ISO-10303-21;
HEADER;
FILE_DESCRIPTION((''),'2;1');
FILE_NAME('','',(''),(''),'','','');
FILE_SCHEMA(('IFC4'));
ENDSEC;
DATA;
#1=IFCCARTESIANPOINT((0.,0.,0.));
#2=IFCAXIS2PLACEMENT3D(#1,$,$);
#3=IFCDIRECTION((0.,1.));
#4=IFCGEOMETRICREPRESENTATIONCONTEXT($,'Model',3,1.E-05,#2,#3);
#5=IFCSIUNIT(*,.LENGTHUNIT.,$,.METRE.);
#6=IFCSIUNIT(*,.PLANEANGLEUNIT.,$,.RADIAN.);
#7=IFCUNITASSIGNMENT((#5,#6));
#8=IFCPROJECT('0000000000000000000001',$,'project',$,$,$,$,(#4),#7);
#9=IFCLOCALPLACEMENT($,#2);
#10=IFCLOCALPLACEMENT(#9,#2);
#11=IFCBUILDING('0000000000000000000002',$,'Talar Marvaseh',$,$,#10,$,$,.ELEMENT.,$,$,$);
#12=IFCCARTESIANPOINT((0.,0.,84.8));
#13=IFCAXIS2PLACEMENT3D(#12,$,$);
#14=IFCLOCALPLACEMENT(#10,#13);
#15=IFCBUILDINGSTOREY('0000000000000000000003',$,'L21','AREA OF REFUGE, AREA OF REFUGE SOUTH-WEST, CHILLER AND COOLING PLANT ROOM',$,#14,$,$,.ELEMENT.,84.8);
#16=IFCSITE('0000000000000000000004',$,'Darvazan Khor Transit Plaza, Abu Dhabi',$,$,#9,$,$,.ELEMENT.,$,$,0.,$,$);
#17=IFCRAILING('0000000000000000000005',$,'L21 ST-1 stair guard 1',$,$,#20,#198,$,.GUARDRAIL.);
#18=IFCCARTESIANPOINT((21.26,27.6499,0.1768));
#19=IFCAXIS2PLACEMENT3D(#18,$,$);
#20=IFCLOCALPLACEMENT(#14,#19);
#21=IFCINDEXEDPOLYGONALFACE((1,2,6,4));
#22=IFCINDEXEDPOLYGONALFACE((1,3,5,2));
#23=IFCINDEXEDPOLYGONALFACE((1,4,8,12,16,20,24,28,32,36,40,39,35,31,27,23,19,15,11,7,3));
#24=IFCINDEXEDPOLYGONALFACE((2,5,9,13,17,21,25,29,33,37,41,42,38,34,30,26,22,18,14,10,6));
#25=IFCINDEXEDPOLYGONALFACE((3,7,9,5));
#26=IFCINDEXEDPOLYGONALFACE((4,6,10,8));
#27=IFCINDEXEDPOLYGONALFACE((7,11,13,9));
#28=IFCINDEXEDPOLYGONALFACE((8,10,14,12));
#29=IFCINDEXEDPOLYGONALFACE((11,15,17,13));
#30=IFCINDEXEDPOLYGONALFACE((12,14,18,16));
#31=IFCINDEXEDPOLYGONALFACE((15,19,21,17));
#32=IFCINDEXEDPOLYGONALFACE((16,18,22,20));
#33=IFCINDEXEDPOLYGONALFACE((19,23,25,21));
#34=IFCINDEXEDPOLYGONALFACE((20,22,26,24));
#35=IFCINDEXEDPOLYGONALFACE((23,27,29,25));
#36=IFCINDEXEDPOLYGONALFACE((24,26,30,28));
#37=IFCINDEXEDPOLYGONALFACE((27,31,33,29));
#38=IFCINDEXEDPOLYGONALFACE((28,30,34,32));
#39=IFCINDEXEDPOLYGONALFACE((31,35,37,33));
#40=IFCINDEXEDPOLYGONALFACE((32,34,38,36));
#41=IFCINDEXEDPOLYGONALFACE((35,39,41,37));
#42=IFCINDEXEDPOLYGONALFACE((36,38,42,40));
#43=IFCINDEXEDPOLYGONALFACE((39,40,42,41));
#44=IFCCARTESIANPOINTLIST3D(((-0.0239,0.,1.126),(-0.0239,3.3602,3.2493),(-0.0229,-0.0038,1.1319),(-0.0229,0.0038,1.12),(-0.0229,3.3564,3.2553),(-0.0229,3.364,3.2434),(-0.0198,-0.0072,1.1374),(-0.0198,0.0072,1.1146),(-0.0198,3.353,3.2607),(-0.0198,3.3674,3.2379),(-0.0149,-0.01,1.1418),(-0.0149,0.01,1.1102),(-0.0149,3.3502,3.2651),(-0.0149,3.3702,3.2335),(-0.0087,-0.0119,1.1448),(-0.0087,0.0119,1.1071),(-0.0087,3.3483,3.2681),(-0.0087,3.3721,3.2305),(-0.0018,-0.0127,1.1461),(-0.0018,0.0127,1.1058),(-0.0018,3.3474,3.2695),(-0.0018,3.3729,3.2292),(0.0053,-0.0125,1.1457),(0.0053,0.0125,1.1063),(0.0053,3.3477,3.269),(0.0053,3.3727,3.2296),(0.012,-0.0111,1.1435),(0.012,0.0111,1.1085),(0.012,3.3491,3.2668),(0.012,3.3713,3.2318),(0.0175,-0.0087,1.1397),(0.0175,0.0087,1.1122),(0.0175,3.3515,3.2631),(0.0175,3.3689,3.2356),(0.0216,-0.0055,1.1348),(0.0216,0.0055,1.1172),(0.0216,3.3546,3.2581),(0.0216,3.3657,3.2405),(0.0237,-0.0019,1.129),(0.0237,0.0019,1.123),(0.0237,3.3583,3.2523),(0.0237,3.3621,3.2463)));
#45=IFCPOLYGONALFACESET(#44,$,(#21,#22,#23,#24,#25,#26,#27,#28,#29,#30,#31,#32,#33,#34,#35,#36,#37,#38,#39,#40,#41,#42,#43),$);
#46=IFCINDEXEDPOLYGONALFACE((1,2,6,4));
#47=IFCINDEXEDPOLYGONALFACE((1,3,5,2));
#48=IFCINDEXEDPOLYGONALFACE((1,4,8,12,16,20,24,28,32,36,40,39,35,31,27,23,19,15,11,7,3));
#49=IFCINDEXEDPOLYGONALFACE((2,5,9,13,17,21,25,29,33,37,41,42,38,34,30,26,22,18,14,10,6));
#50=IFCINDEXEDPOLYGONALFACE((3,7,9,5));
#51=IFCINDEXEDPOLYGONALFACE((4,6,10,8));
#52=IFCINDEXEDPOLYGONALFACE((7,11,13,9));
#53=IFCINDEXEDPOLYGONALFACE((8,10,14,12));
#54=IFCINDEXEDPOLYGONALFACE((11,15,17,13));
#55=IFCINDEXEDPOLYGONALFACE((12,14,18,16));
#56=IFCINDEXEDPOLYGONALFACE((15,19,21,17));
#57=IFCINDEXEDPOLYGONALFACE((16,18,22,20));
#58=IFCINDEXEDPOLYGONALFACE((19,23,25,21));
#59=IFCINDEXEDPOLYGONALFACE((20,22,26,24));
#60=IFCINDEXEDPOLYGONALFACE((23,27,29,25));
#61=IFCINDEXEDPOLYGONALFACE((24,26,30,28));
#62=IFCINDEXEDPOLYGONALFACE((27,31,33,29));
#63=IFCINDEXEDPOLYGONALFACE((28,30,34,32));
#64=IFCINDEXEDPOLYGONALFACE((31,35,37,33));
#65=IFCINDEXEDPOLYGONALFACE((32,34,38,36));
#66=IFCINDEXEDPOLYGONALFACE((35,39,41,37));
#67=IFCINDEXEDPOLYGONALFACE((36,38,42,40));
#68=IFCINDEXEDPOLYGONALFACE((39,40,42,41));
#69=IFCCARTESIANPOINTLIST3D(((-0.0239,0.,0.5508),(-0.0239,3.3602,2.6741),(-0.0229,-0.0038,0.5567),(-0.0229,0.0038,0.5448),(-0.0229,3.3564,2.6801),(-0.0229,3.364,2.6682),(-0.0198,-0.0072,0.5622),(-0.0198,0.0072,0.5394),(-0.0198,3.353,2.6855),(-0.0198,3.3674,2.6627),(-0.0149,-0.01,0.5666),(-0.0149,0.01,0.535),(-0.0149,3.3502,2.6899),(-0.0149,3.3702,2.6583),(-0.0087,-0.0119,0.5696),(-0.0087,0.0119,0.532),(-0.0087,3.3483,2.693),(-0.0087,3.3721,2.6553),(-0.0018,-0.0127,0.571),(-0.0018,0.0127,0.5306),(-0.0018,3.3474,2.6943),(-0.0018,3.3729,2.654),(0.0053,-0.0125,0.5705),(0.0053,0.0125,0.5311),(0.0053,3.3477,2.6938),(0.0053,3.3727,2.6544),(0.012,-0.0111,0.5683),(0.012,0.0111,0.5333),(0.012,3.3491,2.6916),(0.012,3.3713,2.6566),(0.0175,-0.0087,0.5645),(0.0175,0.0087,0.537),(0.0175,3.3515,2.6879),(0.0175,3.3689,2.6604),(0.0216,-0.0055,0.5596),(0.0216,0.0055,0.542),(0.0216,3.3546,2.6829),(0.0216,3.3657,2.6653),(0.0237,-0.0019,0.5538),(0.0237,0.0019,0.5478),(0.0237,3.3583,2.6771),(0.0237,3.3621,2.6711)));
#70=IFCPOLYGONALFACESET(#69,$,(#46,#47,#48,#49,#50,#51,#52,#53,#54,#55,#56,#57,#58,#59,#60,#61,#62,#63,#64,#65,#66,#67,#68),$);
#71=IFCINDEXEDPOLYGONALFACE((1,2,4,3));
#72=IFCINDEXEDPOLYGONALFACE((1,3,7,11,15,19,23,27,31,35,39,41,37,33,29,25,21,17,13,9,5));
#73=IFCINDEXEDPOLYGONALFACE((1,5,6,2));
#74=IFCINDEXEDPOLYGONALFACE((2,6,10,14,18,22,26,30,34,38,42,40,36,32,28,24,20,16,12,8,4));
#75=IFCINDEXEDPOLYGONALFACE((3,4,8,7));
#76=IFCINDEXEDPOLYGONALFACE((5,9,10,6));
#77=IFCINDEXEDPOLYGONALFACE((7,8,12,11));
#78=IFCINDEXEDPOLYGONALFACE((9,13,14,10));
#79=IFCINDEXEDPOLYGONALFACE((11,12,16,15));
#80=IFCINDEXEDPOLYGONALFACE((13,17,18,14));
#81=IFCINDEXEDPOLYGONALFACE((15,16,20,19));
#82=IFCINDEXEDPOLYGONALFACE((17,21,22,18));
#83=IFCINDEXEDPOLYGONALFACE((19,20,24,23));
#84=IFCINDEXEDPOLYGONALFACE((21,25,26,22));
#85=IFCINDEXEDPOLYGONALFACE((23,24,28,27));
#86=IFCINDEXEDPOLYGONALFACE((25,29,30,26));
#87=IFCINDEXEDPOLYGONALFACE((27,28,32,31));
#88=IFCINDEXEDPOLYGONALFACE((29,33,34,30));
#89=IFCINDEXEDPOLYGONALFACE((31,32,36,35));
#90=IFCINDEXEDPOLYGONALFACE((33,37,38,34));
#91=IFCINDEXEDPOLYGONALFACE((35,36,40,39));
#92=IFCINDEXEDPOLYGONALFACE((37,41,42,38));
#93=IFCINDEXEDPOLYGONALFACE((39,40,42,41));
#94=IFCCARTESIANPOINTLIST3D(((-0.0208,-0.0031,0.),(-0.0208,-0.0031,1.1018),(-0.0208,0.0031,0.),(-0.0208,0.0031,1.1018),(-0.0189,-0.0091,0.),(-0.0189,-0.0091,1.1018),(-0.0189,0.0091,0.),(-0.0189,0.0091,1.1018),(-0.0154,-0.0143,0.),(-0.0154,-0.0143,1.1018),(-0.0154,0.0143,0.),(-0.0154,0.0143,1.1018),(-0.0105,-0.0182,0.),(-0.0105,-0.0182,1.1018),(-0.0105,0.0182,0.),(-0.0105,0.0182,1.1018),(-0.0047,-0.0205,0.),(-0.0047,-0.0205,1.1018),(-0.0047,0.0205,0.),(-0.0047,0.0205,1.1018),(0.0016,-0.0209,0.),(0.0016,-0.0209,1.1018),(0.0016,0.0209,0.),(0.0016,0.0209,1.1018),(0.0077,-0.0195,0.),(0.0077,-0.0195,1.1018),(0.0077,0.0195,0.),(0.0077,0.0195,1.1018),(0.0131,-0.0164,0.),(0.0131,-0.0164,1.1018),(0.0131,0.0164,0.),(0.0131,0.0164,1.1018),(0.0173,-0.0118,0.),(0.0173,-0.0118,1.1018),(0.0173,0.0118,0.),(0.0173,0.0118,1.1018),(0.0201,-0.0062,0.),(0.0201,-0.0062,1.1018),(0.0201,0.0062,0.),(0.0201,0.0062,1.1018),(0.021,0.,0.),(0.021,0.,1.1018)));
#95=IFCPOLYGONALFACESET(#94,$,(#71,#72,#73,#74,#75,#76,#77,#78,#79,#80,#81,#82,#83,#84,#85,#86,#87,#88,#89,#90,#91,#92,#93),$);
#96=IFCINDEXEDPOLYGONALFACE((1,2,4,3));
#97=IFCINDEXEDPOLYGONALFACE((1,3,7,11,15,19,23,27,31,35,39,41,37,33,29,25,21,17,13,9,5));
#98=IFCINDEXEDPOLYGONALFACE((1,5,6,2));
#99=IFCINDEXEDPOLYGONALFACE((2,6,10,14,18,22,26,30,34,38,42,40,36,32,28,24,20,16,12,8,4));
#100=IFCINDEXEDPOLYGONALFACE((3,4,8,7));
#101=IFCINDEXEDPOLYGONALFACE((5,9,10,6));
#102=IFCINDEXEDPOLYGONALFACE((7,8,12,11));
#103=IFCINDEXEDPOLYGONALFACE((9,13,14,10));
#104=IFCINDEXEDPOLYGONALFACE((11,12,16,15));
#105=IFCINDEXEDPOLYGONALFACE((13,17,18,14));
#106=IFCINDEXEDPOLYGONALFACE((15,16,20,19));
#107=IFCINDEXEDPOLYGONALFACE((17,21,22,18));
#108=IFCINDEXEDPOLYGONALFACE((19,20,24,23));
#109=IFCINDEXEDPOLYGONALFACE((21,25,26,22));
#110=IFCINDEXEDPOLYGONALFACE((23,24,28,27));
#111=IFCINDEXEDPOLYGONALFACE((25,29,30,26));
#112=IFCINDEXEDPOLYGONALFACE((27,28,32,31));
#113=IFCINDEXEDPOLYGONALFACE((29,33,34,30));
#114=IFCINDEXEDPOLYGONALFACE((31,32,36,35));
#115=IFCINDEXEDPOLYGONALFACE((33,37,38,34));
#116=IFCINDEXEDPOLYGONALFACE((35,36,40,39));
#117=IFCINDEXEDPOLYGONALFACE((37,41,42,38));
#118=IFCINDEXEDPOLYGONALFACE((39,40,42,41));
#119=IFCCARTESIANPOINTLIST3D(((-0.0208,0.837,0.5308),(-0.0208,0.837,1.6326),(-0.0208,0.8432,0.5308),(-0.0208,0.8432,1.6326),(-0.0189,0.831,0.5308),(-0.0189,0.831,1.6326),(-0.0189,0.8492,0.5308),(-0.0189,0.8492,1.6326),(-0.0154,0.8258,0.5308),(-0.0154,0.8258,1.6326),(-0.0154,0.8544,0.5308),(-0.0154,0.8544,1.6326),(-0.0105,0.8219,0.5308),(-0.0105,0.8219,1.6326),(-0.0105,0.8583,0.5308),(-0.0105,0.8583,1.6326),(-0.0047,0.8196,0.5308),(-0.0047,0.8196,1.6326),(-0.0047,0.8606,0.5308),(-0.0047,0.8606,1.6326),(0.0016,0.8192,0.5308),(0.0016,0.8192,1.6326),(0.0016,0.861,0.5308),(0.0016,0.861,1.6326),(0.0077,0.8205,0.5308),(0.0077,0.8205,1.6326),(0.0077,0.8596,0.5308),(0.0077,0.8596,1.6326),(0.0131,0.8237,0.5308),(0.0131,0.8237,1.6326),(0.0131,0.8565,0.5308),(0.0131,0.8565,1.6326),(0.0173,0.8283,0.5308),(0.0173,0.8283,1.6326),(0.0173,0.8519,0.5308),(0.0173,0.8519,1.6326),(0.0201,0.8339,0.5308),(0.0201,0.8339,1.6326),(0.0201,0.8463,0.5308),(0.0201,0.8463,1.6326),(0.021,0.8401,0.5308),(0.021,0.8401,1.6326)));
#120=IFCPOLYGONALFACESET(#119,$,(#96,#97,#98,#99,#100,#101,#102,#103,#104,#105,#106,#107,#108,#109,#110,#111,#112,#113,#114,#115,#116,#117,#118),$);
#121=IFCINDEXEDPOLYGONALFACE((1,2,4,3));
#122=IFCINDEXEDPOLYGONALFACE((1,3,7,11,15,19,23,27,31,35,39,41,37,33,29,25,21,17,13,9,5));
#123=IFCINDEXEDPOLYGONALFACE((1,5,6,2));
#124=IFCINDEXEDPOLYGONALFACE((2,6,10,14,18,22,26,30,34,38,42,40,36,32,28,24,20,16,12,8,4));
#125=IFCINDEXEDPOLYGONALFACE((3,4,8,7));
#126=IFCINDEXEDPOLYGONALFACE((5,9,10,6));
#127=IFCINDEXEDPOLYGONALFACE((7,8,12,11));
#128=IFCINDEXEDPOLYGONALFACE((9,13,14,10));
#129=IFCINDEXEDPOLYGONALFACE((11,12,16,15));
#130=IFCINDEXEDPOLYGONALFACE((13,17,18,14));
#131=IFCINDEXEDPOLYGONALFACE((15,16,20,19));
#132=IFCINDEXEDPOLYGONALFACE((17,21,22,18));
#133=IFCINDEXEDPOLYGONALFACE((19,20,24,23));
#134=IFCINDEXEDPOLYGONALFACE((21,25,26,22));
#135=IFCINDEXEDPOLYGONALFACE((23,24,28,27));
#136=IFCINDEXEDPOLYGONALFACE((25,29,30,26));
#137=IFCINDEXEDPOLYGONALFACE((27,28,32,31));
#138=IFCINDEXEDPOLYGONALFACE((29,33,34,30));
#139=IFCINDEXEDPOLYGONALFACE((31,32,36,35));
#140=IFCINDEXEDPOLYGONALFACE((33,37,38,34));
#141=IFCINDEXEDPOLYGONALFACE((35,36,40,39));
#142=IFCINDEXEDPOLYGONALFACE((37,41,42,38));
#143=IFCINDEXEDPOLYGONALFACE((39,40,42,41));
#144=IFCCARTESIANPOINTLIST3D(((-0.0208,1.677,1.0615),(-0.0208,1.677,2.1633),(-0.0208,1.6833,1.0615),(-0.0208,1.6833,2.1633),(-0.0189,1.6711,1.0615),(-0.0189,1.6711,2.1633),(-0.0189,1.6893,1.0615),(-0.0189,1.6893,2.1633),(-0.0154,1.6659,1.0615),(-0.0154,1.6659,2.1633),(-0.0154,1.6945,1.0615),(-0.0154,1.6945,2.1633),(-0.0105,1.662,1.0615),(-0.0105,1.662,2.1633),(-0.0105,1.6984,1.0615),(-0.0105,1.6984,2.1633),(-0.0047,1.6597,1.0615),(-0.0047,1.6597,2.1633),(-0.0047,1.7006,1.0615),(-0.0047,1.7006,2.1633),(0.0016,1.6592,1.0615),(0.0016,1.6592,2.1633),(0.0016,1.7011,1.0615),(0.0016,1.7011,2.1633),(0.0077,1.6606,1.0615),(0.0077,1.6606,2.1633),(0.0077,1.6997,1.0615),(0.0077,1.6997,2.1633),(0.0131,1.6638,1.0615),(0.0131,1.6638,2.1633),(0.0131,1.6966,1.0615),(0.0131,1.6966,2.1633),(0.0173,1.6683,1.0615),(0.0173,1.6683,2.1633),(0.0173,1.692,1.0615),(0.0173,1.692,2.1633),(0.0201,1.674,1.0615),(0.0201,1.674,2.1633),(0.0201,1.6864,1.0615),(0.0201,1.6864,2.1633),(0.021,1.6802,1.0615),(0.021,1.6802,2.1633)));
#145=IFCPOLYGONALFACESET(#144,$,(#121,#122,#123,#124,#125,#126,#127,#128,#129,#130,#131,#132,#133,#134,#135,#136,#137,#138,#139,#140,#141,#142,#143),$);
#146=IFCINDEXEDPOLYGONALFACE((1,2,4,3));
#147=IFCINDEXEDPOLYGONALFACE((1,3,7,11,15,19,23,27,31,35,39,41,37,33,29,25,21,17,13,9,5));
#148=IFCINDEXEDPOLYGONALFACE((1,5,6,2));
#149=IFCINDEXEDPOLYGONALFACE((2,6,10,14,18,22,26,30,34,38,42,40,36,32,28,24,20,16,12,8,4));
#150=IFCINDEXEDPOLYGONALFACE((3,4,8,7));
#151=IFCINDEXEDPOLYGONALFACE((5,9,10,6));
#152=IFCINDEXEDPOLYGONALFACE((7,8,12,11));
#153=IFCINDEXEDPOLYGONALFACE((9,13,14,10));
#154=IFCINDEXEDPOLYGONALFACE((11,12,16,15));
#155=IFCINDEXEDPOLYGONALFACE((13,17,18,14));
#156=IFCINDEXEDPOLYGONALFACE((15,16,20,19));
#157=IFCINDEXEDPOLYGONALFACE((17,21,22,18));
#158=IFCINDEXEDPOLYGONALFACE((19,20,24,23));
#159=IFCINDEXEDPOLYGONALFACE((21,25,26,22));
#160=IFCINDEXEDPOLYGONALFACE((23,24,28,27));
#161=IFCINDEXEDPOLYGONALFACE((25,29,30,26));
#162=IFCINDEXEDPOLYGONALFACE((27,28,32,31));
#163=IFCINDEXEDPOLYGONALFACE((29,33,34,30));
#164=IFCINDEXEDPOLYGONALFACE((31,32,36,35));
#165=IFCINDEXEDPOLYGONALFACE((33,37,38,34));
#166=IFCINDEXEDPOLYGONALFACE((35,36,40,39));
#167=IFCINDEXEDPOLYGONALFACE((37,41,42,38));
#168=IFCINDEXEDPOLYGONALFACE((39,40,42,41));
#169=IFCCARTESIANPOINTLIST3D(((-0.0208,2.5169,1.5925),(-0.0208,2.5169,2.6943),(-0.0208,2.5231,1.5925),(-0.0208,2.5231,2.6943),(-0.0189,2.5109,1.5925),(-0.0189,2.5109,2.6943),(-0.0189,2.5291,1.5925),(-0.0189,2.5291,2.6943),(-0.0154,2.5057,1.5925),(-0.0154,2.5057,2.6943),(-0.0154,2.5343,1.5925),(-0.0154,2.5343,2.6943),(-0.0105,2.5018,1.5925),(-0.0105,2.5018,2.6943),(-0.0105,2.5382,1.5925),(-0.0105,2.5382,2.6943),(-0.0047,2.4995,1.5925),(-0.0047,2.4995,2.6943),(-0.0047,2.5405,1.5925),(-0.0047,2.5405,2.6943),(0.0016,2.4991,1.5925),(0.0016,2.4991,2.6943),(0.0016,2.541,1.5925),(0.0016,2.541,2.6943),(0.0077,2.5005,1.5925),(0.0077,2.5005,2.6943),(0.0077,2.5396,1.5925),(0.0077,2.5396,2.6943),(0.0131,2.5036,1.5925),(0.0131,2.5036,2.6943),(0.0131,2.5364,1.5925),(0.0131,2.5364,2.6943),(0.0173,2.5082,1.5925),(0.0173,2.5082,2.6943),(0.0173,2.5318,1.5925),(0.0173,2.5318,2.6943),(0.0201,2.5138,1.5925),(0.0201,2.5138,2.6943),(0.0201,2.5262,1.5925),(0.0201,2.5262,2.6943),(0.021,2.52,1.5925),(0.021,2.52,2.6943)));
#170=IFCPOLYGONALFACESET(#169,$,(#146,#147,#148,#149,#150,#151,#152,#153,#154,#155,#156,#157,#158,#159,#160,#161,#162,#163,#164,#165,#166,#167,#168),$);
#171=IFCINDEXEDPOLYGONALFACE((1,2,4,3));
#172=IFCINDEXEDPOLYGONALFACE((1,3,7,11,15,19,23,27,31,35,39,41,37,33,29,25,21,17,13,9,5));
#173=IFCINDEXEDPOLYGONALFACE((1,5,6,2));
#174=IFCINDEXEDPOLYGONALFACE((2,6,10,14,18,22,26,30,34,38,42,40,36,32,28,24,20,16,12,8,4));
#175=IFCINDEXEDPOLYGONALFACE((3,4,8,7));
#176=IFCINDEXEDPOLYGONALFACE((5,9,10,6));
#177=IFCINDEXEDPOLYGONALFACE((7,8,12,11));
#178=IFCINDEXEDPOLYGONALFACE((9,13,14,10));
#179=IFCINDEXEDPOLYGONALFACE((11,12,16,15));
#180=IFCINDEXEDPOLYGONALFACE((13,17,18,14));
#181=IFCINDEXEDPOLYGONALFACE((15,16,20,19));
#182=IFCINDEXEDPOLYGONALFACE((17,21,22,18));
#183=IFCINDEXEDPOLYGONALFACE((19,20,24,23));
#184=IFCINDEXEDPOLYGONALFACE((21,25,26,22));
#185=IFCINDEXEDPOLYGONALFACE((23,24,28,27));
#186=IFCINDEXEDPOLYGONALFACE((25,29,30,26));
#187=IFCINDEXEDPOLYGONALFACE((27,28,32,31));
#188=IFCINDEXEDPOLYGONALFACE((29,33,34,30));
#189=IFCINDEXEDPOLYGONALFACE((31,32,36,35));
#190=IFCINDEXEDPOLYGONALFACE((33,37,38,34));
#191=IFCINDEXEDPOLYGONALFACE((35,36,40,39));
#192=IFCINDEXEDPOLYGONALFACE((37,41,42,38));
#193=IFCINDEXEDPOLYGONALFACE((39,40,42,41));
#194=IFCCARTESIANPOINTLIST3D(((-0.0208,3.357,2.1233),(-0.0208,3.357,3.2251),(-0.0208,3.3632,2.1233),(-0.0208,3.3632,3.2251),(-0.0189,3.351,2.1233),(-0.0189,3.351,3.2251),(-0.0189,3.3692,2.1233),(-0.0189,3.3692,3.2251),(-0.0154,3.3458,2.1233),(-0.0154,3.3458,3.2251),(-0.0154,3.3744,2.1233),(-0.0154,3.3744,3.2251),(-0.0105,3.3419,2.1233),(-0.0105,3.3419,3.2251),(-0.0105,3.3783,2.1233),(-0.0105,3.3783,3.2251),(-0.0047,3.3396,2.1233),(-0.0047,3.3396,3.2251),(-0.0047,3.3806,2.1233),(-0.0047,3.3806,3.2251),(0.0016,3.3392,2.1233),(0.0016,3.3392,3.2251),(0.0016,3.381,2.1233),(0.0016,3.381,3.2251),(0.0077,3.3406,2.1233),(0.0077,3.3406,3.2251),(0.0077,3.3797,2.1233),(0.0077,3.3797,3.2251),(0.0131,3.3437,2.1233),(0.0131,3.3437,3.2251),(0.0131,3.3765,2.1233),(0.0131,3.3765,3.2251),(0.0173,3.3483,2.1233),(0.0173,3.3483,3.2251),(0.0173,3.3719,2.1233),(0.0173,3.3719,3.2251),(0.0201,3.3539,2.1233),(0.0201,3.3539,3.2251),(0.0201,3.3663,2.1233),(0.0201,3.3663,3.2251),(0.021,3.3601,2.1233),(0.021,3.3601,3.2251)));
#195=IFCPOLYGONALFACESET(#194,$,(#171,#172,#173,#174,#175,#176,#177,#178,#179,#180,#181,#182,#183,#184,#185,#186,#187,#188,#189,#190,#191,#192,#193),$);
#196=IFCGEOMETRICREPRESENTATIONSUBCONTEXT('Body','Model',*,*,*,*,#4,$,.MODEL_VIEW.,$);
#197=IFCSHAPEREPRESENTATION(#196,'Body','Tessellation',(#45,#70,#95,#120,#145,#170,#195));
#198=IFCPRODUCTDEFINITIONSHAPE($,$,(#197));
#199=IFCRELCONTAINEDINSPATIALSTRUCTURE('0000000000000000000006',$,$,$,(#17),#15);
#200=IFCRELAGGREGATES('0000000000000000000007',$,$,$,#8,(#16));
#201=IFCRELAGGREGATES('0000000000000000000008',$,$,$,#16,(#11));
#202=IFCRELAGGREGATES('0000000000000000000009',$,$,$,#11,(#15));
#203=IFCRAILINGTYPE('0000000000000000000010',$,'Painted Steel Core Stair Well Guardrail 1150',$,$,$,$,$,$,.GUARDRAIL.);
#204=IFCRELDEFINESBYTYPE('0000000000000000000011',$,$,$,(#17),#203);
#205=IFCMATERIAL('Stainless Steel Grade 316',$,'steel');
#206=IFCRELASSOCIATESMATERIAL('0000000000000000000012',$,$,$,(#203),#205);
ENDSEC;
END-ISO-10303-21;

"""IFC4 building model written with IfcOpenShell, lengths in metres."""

from ifc_helpers import new_model, si_unit, direction, frame, origin, origin_2d, place, context, subcontext, project, spatial, circle, extrude, material, type_object, element, save


model = new_model("IFC4")

# Units and contexts
model_context = context("Model", 3, precision=1e-05, world=origin(), true_north=direction((0.0, 1.0)))
body_context = subcontext(model_context, "Body", "Model", "MODEL_VIEW")
ifc_project = project(units=[si_unit("LENGTHUNIT", "METRE"), si_unit("PLANEANGLEUNIT", "RADIAN")], contexts=[model_context])

# Site, building, storey
site_placement = place(None, origin())
site = spatial("IfcSite", under=ifc_project, at=site_placement, Name="Darvazan Khor Transit Plaza, Abu Dhabi", CompositionType="ELEMENT", RefElevation=0.0)
building_placement = place(site_placement, origin())
building = spatial("IfcBuilding", under=site, at=building_placement, Name="Talar Marvaseh", CompositionType="ELEMENT")
storey_placement = place(building_placement, frame((0.0, 0.0, 84.8)))
storey = spatial("IfcBuildingStorey", under=building, at=storey_placement, Name="L21", Description="AREA OF REFUGE, AREA OF REFUGE SOUTH-WEST, CHILLER AND COOLING PLANT ROOM", CompositionType="ELEMENT", Elevation=84.8)

# Railing
ifc_material_1 = material(Name="Stainless Steel Grade 316", Category="steel")
railing_type_1 = type_object("IfcRailingType", Name="Painted Steel Core Stair Well Guardrail 1150", PredefinedType="GUARDRAIL", material=ifc_material_1)
railing_1_placement = place(storey_placement, frame((21.26, 27.6499, 0.1768)))
element("IfcRailing", 1, at=railing_1_placement, inside=storey, type_object=railing_type_1, Name="L21 ST-1 stair guard 1", PredefinedType="GUARDRAIL", context=body_context, shape_type="SweptSolid", body=[
    extrude(circle(Radius=0.0239, at=origin_2d()), frame((0.0, 0.0, 1.126), z_axis=(0.0, 0.845362, 0.534194), x_axis=(-1.0, 0.0, 0.0)), (0.0, 0.0, 1.0), 3.9749),
    extrude(circle(Radius=0.0239, at=origin_2d()), frame((0.0, 0.0, 0.5508), z_axis=(0.0, 0.845362, 0.534194), x_axis=(-1.0, 0.0, 0.0)), (0.0, 0.0, 1.0), 3.9749),
    extrude(circle(Radius=0.021, at=origin_2d()), origin(), (0.0, 0.0, 1.0), 1.1018),
    extrude(circle(Radius=0.021, at=origin_2d()), frame((0.0, 0.8401, 0.5308)), (0.0, 0.0, 1.0), 1.1018),
    extrude(circle(Radius=0.021, at=origin_2d()), frame((0.0, 1.6802, 1.0615)), (0.0, 0.0, 1.0), 1.1018),
    extrude(circle(Radius=0.021, at=origin_2d()), frame((0.0, 2.52, 1.5925)), (0.0, 0.0, 1.0), 1.1018),
    extrude(circle(Radius=0.021, at=origin_2d()), frame((0.0, 3.3601, 2.1233)), (0.0, 0.0, 1.0), 1.1018),
])

save(model, "model.ifc")
